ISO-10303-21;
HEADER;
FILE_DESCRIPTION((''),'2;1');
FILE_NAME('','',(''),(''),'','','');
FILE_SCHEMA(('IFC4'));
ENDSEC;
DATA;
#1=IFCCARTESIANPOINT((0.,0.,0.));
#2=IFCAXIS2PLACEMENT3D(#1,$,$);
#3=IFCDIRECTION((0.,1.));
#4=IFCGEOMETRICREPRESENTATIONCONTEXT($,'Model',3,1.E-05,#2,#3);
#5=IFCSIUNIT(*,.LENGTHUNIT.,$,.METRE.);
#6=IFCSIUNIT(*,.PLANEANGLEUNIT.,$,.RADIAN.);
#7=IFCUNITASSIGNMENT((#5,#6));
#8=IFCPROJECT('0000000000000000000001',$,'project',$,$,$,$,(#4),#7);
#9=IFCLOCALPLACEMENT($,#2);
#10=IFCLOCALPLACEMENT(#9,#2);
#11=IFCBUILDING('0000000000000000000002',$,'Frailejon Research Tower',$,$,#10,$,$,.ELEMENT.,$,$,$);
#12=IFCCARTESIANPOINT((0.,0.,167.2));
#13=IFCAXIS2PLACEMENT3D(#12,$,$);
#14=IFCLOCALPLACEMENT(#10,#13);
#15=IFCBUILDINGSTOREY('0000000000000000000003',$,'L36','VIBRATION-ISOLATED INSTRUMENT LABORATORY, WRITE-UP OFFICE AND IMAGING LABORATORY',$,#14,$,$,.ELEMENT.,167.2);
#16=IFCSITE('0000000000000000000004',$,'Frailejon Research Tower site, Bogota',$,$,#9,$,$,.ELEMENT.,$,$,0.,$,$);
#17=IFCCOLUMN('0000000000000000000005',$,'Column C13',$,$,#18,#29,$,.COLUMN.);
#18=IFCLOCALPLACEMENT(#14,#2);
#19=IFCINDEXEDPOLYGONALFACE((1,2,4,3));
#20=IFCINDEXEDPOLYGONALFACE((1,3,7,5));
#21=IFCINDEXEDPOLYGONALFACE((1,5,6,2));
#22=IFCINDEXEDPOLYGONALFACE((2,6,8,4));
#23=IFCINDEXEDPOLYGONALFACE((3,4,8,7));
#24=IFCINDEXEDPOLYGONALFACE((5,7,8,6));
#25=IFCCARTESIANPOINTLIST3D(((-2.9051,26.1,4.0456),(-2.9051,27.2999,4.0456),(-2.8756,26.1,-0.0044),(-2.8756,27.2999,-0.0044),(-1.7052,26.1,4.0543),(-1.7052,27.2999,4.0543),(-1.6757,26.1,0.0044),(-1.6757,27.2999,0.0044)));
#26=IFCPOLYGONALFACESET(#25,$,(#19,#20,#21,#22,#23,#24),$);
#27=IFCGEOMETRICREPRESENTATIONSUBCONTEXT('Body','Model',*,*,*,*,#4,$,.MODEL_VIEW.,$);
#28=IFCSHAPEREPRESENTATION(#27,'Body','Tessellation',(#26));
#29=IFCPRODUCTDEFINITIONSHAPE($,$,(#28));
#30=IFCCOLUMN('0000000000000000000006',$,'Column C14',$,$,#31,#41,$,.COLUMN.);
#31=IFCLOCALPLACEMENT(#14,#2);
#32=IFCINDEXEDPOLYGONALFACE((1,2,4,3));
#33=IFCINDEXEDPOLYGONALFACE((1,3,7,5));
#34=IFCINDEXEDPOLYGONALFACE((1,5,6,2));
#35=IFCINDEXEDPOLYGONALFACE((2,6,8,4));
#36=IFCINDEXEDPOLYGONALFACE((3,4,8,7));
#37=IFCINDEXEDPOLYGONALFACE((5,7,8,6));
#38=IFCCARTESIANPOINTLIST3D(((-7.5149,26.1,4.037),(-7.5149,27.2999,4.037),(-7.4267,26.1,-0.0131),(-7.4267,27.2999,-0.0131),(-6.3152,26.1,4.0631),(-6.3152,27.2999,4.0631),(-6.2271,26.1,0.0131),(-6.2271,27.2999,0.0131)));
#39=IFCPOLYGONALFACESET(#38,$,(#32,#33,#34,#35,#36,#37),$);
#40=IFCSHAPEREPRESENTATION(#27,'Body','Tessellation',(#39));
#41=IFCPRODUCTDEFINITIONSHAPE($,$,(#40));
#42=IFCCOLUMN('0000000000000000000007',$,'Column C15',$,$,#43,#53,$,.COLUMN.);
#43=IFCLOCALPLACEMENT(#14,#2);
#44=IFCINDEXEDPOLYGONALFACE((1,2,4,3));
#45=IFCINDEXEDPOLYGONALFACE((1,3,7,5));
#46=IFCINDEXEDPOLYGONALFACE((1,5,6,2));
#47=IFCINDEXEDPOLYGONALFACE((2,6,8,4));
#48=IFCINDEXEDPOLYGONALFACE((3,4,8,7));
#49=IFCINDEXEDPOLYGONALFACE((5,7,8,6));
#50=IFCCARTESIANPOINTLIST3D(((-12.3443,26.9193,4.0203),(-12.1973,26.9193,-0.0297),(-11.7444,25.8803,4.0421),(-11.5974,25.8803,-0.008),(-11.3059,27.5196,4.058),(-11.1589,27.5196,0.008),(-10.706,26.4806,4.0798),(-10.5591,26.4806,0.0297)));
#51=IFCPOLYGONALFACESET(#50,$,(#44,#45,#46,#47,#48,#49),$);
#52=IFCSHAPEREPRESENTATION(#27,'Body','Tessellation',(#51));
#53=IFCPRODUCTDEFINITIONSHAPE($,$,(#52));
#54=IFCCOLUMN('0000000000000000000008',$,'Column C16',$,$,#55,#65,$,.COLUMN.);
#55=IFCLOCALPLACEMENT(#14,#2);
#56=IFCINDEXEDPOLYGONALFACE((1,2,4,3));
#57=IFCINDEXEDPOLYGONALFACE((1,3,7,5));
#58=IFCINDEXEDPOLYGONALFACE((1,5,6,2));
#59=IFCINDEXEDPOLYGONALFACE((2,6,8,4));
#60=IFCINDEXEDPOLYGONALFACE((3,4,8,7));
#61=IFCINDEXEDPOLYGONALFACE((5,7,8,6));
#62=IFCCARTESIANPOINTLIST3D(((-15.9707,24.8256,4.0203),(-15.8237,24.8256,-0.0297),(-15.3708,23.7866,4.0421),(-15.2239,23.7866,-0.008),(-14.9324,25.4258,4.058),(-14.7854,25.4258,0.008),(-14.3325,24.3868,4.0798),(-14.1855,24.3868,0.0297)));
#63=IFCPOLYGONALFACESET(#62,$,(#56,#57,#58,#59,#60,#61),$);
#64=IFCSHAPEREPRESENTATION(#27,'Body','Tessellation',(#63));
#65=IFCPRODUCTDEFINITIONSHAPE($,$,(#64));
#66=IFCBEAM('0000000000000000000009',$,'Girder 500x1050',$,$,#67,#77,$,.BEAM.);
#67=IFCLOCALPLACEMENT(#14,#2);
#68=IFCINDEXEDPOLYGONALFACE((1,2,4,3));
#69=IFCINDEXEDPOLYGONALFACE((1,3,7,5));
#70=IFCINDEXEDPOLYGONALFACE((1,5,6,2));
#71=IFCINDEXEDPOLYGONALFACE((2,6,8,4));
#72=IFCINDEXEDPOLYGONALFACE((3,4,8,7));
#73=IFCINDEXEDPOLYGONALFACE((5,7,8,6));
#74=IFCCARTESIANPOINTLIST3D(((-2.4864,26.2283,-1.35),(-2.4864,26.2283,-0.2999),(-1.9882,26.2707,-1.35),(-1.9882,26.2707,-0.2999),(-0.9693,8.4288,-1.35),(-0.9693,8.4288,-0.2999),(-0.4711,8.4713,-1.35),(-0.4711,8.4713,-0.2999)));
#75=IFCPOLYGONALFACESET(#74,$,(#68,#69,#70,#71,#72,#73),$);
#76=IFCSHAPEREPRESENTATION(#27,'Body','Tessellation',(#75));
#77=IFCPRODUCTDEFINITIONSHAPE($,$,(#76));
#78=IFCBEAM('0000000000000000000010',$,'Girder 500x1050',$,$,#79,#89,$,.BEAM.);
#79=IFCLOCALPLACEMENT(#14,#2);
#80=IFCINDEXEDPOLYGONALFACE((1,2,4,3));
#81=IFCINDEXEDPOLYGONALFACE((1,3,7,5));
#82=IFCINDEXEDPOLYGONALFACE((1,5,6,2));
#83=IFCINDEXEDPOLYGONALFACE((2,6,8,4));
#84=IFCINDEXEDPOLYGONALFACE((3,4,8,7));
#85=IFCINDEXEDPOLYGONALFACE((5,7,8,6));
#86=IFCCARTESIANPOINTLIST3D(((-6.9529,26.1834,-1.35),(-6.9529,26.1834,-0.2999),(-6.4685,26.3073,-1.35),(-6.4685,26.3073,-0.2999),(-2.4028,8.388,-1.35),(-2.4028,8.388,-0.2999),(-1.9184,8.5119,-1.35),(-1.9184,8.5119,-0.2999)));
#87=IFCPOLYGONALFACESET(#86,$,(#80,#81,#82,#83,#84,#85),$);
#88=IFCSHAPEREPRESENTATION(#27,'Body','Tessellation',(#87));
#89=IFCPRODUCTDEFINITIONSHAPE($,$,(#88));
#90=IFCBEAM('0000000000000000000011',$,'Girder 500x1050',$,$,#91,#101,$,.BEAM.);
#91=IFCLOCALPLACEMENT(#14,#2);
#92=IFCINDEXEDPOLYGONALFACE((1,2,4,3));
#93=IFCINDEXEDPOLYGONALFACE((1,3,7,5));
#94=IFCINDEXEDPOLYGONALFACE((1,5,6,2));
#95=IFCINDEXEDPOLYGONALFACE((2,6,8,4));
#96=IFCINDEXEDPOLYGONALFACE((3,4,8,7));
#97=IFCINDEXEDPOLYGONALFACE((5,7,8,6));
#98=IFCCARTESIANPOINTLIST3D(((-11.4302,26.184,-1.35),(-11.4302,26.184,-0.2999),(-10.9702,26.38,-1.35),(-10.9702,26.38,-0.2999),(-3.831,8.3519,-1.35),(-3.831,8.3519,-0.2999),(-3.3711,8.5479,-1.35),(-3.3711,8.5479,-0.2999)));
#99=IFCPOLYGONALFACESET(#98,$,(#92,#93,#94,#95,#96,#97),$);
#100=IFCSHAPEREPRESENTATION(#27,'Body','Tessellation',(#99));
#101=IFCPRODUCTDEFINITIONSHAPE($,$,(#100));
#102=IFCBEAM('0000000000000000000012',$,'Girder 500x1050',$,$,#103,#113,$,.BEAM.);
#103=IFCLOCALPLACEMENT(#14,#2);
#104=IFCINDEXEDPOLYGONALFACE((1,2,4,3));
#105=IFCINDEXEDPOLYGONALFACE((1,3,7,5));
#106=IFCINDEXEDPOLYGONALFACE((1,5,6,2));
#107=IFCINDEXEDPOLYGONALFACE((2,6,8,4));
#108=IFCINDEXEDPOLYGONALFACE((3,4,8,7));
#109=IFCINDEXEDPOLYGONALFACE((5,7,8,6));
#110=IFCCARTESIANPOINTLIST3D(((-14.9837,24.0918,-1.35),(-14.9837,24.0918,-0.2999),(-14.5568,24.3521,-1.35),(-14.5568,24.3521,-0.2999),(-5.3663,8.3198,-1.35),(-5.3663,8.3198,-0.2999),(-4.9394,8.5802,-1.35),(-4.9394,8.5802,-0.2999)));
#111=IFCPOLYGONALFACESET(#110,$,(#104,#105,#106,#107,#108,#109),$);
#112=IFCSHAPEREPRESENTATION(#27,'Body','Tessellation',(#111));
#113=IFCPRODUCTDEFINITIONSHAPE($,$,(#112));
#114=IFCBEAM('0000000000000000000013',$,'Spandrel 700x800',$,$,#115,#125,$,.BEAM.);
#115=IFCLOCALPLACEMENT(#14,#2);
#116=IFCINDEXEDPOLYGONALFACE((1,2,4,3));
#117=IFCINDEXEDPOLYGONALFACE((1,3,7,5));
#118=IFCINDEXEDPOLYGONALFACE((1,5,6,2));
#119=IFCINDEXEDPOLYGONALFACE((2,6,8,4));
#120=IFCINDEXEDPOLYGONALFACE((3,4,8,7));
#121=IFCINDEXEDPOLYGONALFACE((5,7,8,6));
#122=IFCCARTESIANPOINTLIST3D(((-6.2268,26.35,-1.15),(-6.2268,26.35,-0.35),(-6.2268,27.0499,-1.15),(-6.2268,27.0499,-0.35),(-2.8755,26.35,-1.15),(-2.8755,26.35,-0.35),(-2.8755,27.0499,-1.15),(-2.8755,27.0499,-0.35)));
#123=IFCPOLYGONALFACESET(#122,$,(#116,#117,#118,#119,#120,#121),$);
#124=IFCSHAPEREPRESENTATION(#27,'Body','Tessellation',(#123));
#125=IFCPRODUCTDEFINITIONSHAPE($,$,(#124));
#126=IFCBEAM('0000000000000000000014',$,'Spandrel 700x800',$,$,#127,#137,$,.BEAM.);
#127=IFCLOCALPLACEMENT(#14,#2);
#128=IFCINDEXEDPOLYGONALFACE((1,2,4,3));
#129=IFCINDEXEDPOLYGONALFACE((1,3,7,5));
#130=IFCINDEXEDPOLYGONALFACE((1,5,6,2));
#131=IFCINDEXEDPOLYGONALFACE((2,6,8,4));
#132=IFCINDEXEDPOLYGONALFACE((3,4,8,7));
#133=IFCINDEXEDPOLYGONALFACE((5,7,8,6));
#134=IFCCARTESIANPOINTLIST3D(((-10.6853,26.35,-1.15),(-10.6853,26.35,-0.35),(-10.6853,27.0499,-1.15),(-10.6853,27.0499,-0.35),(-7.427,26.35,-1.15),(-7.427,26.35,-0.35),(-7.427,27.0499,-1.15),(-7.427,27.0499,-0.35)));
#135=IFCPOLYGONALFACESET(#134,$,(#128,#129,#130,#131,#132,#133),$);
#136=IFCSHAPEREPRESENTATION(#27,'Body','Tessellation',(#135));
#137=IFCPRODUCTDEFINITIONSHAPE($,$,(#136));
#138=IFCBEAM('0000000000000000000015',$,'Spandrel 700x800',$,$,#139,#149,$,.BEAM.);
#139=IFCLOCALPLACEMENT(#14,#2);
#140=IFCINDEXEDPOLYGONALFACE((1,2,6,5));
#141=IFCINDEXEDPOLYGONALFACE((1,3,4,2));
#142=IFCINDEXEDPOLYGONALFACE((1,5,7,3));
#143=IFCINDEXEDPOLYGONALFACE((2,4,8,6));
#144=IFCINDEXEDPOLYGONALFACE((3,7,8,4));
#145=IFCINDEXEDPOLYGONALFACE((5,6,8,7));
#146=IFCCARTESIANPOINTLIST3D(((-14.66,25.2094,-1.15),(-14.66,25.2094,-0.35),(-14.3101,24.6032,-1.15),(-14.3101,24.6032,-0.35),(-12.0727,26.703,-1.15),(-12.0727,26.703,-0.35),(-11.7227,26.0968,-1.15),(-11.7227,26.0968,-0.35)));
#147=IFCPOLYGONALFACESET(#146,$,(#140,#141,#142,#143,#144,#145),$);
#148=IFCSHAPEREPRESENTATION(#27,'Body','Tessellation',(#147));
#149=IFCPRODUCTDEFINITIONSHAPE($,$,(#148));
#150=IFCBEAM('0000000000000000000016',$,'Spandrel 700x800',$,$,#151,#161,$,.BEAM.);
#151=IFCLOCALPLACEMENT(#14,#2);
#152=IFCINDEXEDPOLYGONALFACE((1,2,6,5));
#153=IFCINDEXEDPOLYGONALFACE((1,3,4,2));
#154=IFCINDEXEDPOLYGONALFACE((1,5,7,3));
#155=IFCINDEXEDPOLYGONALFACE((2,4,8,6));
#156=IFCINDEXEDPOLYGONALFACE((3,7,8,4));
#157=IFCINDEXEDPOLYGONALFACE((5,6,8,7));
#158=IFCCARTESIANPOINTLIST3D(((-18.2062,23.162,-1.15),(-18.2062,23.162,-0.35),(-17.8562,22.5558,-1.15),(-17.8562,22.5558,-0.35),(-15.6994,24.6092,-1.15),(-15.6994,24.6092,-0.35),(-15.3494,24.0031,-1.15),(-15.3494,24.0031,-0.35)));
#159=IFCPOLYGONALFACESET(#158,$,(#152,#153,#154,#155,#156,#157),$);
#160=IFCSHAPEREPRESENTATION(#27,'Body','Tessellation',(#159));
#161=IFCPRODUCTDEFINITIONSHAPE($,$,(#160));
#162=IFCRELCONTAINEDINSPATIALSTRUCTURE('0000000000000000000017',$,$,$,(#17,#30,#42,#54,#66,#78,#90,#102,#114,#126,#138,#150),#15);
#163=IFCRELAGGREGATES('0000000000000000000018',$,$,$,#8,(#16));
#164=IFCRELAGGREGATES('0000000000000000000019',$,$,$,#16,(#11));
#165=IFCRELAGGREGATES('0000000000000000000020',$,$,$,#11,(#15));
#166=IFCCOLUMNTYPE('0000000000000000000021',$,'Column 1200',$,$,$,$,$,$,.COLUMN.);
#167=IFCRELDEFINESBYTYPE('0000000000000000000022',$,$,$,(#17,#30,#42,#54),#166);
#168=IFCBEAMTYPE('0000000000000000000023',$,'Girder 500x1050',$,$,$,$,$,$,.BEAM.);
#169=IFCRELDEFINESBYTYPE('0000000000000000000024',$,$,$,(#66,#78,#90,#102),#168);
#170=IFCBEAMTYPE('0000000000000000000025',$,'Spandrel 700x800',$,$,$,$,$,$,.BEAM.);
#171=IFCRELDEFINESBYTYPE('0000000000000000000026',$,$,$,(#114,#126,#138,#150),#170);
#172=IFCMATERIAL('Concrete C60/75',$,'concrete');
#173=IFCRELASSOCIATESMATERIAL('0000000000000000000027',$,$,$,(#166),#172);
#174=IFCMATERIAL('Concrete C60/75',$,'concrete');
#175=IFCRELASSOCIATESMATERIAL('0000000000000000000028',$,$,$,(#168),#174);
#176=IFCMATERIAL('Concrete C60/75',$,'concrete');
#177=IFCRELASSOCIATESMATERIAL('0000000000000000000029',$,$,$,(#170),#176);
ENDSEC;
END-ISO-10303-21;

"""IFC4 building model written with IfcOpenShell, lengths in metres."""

from ifc_helpers import new_model, si_unit, direction, frame, origin, origin_2d, place, context, subcontext, project, spatial, rectangle, extrude, material, material_profile, profile_set, type_object, element, save


model = new_model("IFC4")

# Units and contexts
model_context = context("Model", 3, precision=1e-05, world=origin(), true_north=direction((0.0, 1.0)))
body_context = subcontext(model_context, "Body", "Model", "MODEL_VIEW")
ifc_project = project(units=[si_unit("LENGTHUNIT", "METRE"), si_unit("PLANEANGLEUNIT", "RADIAN")], contexts=[model_context])

# Site, building, storey
site_placement = place(None, origin())
site = spatial("IfcSite", under=ifc_project, at=site_placement, Name="Frailejon Research Tower site, Bogota", CompositionType="ELEMENT", RefElevation=0.0)
building_placement = place(site_placement, origin())
building = spatial("IfcBuilding", under=site, at=building_placement, Name="Frailejon Research Tower", CompositionType="ELEMENT")
storey_placement = place(building_placement, frame((0.0, 0.0, 167.2)))
storey = spatial("IfcBuildingStorey", under=building, at=storey_placement, Name="L36", Description="VIBRATION-ISOLATED INSTRUMENT LABORATORY, WRITE-UP OFFICE AND IMAGING LABORATORY", CompositionType="ELEMENT", Elevation=167.2)

# Columns
ifc_material_1 = material(Name="Concrete C60/75", Category="concrete")
ifc_material_profile_1 = material_profile(ifc_material_1, rectangle(XDim=1.2, YDim=1.2, at=origin_2d()), Name="Column 1200")
ifc_profile_set_1 = profile_set([ifc_material_profile_1], Name="Concrete C60/75")
column_type = type_object("IfcColumnType", Name="Column 1200", PredefinedType="COLUMN", material=ifc_profile_set_1)
column_1_placement = place(storey_placement, frame((-2.2756, 26.7, 0.0), z_axis=(-0.007294, 0.0, 0.999973), x_axis=(-0.999973, 0.0, -0.007294)))
element("IfcColumn", 1, at=column_1_placement, inside=storey, type_object=column_type, Name="Column C13", PredefinedType="COLUMN", context=body_context, shape_type="SweptSolid", body=[
    extrude(rectangle(XDim=1.2, YDim=1.2, at=origin_2d()), origin(), (0.0, 0.0, 1.0), 4.05),
])
column_2_placement = place(storey_placement, frame((-6.8269, 26.7, 0.0), z_axis=(-0.021756, 0.0, 0.999763), x_axis=(-0.999763, 0.0, -0.021756)))
element("IfcColumn", 2, at=column_2_placement, inside=storey, type_object=column_type, Name="Column C14", PredefinedType="COLUMN", context=body_context, shape_type="SweptSolid", body=[
    extrude(rectangle(XDim=1.2, YDim=1.2, at=origin_2d()), origin(), (0.0, 0.0, 1.0), 4.051),
])
for number, where, z_axis, x_axis, name in (
    (3, (-11.3782, 26.7, 0.0), (-0.036265, 0.0, 0.999342), (-0.865314, -0.500246, -0.031401), "Column C15"),
    (4, (-15.0046, 24.6062, 0.0), (-0.036265, 0.0, 0.999342), (-0.865314, -0.500246, -0.031401), "Column C16"),
):
    element("IfcColumn", number, at=place(storey_placement, frame(where, z_axis=z_axis, x_axis=x_axis)), inside=storey, type_object=column_type, Name=name, PredefinedType="COLUMN", context=body_context, shape_type="SweptSolid", body=[
        extrude(rectangle(XDim=1.2, YDim=1.2, at=origin_2d()), origin(), (0.0, 0.0, 1.0), 4.0527),
    ])

# Beams
ifc_material_2 = material(Name="Concrete C60/75", Category="concrete")
ifc_material_profile_2 = material_profile(ifc_material_2, rectangle(XDim=0.5, YDim=1.05, at=origin_2d()), Name="Girder 500x1050")
ifc_profile_set_2 = profile_set([ifc_material_profile_2], Name="Concrete C60/75")
beam_type_1 = type_object("IfcBeamType", Name="Girder 500x1050", PredefinedType="BEAM", material=ifc_profile_set_2)
beam_1_placement = place(storey_placement, frame((-2.2373, 26.2495, -0.825), z_axis=(0.084924, -0.996387, 0.0), x_axis=(0.996387, 0.084924, 0.0)))
element("IfcBeam", 5, at=beam_1_placement, inside=storey, type_object=beam_type_1, Name="Girder 500x1050", PredefinedType="BEAM", context=body_context, shape_type="SweptSolid", body=[
    extrude(rectangle(XDim=0.5, YDim=1.05, at=origin_2d()), origin(), (0.0, 0.0, 1.0), 17.864),
])
beam_2_placement = place(storey_placement, frame((-6.7107, 26.2454, -0.825), z_axis=(0.247717, -0.968832, 0.0), x_axis=(0.968832, 0.247717, 0.0)))
element("IfcBeam", 6, at=beam_2_placement, inside=storey, type_object=beam_type_1, Name="Girder 500x1050", PredefinedType="BEAM", context=body_context, shape_type="SweptSolid", body=[
    extrude(rectangle(XDim=0.5, YDim=1.05, at=origin_2d()), origin(), (0.0, 0.0, 1.0), 18.3679),
])
beam_3_placement = place(storey_placement, frame((-11.2002, 26.282, -0.825), z_axis=(0.392037, -0.91995, 0.0), x_axis=(0.91995, 0.392037, 0.0)))
element("IfcBeam", 7, at=beam_3_placement, inside=storey, type_object=beam_type_1, Name="Girder 500x1050", PredefinedType="BEAM", context=body_context, shape_type="SweptSolid", body=[
    extrude(rectangle(XDim=0.5, YDim=1.05, at=origin_2d()), origin(), (0.0, 0.0, 1.0), 19.3838),
])
beam_4_placement = place(storey_placement, frame((-14.7703, 24.2219, -0.825), z_axis=(0.520622, -0.853787, 0.0), x_axis=(0.853787, 0.520622, 0.0)))
element("IfcBeam", 8, at=beam_4_placement, inside=storey, type_object=beam_type_1, Name="Girder 500x1050", PredefinedType="BEAM", context=body_context, shape_type="SweptSolid", body=[
    extrude(rectangle(XDim=0.5, YDim=1.05, at=origin_2d()), origin(), (0.0, 0.0, 1.0), 18.4729),
])
ifc_material_3 = material(Name="Concrete C60/75", Category="concrete")
ifc_material_profile_3 = material_profile(ifc_material_3, rectangle(XDim=0.7, YDim=0.8, at=origin_2d()), Name="Spandrel 700x800")
ifc_profile_set_3 = profile_set([ifc_material_profile_3], Name="Concrete C60/75")
beam_type_2 = type_object("IfcBeamType", Name="Spandrel 700x800", PredefinedType="BEAM", material=ifc_profile_set_3)
beam_5_placement = place(storey_placement, frame((-2.8755, 26.7, -0.75), z_axis=(-1.0, 0.0, 0.0), x_axis=(0.0, -1.0, 0.0)))
element("IfcBeam", 9, at=beam_5_placement, inside=storey, type_object=beam_type_2, Name="Spandrel 700x800", PredefinedType="BEAM", context=body_context, shape_type="SweptSolid", body=[
    extrude(rectangle(XDim=0.7, YDim=0.8, at=origin_2d()), origin(), (0.0, 0.0, 1.0), 3.3513),
])
beam_6_placement = place(storey_placement, frame((-7.427, 26.7, -0.75), z_axis=(-1.0, 0.0, 0.0), x_axis=(0.0, -1.0, 0.0)))
element("IfcBeam", 10, at=beam_6_placement, inside=storey, type_object=beam_type_2, Name="Spandrel 700x800", PredefinedType="BEAM", context=body_context, shape_type="SweptSolid", body=[
    extrude(rectangle(XDim=0.7, YDim=0.8, at=origin_2d()), origin(), (0.0, 0.0, 1.0), 3.2583),
])
beam_7_placement = place(storey_placement, frame((-11.8977, 26.3999, -0.75), z_axis=(-0.866052, -0.499954, 0.0), x_axis=(0.499954, -0.866052, 0.0)))
element("IfcBeam", 11, at=beam_7_placement, inside=storey, type_object=beam_type_2, Name="Spandrel 700x800", PredefinedType="BEAM", context=body_context, shape_type="SweptSolid", body=[
    extrude(rectangle(XDim=0.7, YDim=0.8, at=origin_2d()), origin(), (0.0, 0.0, 1.0), 2.9875),
])
beam_8_placement = place(storey_placement, frame((-15.5244, 24.3062, -0.75), z_axis=(-0.866034, -0.499985, 0.0), x_axis=(0.499985, -0.866034, 0.0)))
element("IfcBeam", 12, at=beam_8_placement, inside=storey, type_object=beam_type_2, Name="Spandrel 700x800", PredefinedType="BEAM", context=body_context, shape_type="SweptSolid", body=[
    extrude(rectangle(XDim=0.7, YDim=0.8, at=origin_2d()), origin(), (0.0, 0.0, 1.0), 2.8945),
])

save(model, "model.ifc")
